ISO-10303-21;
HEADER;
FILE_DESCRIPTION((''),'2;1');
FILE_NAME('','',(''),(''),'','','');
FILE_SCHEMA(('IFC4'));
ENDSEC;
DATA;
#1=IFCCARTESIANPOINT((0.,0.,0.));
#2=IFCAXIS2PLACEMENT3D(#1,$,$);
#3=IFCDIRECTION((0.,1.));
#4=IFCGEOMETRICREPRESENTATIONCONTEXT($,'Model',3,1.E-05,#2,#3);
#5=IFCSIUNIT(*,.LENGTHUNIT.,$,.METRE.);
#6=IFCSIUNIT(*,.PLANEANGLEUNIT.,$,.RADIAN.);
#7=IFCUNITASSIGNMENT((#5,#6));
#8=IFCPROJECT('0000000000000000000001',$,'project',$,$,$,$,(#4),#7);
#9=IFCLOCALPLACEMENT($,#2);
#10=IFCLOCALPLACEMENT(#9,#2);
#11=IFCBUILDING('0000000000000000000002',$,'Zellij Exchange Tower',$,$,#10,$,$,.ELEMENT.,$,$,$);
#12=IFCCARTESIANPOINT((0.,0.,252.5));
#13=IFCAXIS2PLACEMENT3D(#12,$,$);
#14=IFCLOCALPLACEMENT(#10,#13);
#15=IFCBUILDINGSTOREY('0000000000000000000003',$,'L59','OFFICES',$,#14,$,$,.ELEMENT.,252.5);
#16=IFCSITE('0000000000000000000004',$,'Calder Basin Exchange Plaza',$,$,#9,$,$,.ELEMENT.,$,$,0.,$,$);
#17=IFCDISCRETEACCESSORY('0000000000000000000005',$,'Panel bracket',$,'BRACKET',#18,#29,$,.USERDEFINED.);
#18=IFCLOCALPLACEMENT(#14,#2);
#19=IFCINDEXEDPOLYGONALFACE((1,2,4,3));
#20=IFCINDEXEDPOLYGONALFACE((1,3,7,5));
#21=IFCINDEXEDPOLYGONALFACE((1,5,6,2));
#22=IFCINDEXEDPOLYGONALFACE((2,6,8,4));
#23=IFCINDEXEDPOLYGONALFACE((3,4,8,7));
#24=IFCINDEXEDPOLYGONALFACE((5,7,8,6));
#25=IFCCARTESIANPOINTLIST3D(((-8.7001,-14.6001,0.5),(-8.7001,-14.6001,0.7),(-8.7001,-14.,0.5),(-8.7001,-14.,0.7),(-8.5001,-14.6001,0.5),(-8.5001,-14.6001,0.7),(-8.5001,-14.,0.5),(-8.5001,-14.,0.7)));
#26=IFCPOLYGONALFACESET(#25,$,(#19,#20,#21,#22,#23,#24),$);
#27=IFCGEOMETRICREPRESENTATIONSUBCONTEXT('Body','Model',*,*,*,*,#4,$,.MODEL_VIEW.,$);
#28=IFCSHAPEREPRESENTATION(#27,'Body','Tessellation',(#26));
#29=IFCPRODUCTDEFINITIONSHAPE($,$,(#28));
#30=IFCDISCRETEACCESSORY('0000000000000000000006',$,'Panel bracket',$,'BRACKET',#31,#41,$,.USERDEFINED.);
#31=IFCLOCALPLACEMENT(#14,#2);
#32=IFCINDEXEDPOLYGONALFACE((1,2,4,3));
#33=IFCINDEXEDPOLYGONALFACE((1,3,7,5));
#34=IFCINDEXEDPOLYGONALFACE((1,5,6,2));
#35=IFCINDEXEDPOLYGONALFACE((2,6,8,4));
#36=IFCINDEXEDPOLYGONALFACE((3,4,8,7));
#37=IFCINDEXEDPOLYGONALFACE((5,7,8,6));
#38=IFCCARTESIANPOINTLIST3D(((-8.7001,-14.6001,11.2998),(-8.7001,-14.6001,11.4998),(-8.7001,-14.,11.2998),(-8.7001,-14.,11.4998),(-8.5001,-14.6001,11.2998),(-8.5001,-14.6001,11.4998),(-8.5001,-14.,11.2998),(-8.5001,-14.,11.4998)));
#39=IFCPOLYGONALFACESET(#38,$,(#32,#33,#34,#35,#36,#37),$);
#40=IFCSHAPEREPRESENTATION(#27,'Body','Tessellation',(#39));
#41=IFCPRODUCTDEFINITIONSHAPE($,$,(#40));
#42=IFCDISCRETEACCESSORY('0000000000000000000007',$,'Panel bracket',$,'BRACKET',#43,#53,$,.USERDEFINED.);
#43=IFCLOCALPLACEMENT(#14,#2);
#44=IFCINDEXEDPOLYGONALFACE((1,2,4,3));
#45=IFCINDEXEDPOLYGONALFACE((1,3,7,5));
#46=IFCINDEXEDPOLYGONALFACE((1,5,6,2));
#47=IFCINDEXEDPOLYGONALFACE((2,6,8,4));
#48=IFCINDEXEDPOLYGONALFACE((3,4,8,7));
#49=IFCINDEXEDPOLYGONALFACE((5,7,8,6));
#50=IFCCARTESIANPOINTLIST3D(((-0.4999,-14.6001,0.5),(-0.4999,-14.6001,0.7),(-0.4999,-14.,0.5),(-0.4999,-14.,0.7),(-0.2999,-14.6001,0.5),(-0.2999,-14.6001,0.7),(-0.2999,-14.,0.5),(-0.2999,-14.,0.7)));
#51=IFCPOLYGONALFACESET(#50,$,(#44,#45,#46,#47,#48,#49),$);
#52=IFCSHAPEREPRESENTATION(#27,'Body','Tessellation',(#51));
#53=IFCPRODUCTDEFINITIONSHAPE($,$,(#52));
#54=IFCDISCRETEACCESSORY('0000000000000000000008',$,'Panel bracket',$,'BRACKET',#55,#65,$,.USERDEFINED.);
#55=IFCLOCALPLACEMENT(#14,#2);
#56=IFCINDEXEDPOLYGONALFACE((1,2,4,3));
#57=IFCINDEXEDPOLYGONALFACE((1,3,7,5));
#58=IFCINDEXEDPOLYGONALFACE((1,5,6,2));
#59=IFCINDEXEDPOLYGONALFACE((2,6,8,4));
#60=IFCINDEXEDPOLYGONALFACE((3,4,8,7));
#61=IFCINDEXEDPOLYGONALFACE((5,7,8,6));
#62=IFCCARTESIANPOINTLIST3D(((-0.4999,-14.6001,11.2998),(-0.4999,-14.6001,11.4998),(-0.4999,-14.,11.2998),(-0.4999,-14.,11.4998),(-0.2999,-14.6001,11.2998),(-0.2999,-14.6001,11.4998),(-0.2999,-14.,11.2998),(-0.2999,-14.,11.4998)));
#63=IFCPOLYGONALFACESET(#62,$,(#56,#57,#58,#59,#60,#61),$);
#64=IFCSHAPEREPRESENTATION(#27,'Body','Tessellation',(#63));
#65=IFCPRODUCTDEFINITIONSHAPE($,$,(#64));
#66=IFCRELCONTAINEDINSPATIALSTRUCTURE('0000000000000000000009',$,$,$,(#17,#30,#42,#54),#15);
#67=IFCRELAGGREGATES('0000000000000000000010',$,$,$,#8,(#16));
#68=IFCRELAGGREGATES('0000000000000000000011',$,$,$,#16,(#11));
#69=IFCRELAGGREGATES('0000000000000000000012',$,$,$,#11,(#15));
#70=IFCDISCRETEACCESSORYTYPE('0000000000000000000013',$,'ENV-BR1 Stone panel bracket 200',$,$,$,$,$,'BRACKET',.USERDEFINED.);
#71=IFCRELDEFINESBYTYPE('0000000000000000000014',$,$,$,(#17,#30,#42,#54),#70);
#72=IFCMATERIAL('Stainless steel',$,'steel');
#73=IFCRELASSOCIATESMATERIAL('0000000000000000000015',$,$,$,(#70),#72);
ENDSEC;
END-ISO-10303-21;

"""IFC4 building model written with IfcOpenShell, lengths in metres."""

from ifc_helpers import new_model, si_unit, direction, frame, origin, origin_2d, place, context, subcontext, project, spatial, rectangle, extrude, material, type_object, element, save


model = new_model("IFC4")

# Units and contexts
model_context = context("Model", 3, precision=1e-05, world=origin(), true_north=direction((0.0, 1.0)))
body_context = subcontext(model_context, "Body", "Model", "MODEL_VIEW")
ifc_project = project(units=[si_unit("LENGTHUNIT", "METRE"), si_unit("PLANEANGLEUNIT", "RADIAN")], contexts=[model_context])

# Site, building, storey
site_placement = place(None, origin())
site = spatial("IfcSite", under=ifc_project, at=site_placement, Name="Calder Basin Exchange Plaza", CompositionType="ELEMENT", RefElevation=0.0)
building_placement = place(site_placement, origin())
building = spatial("IfcBuilding", under=site, at=building_placement, Name="Zellij Exchange Tower", CompositionType="ELEMENT")
storey_placement = place(building_placement, frame((0.0, 0.0, 252.5)))
storey = spatial("IfcBuildingStorey", under=building, at=storey_placement, Name="L59", Description="OFFICES", CompositionType="ELEMENT", Elevation=252.5)

# Shared definitions
ifc_material_1 = material(Name="Stainless steel", Category="steel")

# Discrete accessories
discrete_accessory_type = type_object("IfcDiscreteAccessoryType", Name="ENV-BR1 Stone panel bracket 200", ElementType="BRACKET", PredefinedType="USERDEFINED", material=ifc_material_1)
for number, where, z_axis, x_axis, name in (
    (1, (-8.6001, -14.3, 0.5), (0.0, 0.0, 1.0), (1.0, 0.0, 0.0), "Panel bracket"),
    (2, (-8.6001, -14.3, 11.2998), (0.0, 0.0, 1.0), (1.0, 0.0, 0.0), "Panel bracket"),
    (3, (-0.3999, -14.3, 0.5), (0.0, 0.0, 1.0), (1.0, 0.0, 0.0), "Panel bracket"),
    (4, (-0.3999, -14.3, 11.2998), (0.0, 0.0, 1.0), (1.0, 0.0, 0.0), "Panel bracket"),
):
    element("IfcDiscreteAccessory", number, at=place(storey_placement, frame(where, z_axis=z_axis, x_axis=x_axis)), inside=storey, type_object=discrete_accessory_type, Name=name, ObjectType="BRACKET", PredefinedType="USERDEFINED", context=body_context, shape_type="SweptSolid", body=[
        extrude(rectangle(XDim=0.2, YDim=0.6001, at=origin_2d()), origin(), (0.0, 0.0, 1.0), 0.2),
    ])

save(model, "model.ifc")
